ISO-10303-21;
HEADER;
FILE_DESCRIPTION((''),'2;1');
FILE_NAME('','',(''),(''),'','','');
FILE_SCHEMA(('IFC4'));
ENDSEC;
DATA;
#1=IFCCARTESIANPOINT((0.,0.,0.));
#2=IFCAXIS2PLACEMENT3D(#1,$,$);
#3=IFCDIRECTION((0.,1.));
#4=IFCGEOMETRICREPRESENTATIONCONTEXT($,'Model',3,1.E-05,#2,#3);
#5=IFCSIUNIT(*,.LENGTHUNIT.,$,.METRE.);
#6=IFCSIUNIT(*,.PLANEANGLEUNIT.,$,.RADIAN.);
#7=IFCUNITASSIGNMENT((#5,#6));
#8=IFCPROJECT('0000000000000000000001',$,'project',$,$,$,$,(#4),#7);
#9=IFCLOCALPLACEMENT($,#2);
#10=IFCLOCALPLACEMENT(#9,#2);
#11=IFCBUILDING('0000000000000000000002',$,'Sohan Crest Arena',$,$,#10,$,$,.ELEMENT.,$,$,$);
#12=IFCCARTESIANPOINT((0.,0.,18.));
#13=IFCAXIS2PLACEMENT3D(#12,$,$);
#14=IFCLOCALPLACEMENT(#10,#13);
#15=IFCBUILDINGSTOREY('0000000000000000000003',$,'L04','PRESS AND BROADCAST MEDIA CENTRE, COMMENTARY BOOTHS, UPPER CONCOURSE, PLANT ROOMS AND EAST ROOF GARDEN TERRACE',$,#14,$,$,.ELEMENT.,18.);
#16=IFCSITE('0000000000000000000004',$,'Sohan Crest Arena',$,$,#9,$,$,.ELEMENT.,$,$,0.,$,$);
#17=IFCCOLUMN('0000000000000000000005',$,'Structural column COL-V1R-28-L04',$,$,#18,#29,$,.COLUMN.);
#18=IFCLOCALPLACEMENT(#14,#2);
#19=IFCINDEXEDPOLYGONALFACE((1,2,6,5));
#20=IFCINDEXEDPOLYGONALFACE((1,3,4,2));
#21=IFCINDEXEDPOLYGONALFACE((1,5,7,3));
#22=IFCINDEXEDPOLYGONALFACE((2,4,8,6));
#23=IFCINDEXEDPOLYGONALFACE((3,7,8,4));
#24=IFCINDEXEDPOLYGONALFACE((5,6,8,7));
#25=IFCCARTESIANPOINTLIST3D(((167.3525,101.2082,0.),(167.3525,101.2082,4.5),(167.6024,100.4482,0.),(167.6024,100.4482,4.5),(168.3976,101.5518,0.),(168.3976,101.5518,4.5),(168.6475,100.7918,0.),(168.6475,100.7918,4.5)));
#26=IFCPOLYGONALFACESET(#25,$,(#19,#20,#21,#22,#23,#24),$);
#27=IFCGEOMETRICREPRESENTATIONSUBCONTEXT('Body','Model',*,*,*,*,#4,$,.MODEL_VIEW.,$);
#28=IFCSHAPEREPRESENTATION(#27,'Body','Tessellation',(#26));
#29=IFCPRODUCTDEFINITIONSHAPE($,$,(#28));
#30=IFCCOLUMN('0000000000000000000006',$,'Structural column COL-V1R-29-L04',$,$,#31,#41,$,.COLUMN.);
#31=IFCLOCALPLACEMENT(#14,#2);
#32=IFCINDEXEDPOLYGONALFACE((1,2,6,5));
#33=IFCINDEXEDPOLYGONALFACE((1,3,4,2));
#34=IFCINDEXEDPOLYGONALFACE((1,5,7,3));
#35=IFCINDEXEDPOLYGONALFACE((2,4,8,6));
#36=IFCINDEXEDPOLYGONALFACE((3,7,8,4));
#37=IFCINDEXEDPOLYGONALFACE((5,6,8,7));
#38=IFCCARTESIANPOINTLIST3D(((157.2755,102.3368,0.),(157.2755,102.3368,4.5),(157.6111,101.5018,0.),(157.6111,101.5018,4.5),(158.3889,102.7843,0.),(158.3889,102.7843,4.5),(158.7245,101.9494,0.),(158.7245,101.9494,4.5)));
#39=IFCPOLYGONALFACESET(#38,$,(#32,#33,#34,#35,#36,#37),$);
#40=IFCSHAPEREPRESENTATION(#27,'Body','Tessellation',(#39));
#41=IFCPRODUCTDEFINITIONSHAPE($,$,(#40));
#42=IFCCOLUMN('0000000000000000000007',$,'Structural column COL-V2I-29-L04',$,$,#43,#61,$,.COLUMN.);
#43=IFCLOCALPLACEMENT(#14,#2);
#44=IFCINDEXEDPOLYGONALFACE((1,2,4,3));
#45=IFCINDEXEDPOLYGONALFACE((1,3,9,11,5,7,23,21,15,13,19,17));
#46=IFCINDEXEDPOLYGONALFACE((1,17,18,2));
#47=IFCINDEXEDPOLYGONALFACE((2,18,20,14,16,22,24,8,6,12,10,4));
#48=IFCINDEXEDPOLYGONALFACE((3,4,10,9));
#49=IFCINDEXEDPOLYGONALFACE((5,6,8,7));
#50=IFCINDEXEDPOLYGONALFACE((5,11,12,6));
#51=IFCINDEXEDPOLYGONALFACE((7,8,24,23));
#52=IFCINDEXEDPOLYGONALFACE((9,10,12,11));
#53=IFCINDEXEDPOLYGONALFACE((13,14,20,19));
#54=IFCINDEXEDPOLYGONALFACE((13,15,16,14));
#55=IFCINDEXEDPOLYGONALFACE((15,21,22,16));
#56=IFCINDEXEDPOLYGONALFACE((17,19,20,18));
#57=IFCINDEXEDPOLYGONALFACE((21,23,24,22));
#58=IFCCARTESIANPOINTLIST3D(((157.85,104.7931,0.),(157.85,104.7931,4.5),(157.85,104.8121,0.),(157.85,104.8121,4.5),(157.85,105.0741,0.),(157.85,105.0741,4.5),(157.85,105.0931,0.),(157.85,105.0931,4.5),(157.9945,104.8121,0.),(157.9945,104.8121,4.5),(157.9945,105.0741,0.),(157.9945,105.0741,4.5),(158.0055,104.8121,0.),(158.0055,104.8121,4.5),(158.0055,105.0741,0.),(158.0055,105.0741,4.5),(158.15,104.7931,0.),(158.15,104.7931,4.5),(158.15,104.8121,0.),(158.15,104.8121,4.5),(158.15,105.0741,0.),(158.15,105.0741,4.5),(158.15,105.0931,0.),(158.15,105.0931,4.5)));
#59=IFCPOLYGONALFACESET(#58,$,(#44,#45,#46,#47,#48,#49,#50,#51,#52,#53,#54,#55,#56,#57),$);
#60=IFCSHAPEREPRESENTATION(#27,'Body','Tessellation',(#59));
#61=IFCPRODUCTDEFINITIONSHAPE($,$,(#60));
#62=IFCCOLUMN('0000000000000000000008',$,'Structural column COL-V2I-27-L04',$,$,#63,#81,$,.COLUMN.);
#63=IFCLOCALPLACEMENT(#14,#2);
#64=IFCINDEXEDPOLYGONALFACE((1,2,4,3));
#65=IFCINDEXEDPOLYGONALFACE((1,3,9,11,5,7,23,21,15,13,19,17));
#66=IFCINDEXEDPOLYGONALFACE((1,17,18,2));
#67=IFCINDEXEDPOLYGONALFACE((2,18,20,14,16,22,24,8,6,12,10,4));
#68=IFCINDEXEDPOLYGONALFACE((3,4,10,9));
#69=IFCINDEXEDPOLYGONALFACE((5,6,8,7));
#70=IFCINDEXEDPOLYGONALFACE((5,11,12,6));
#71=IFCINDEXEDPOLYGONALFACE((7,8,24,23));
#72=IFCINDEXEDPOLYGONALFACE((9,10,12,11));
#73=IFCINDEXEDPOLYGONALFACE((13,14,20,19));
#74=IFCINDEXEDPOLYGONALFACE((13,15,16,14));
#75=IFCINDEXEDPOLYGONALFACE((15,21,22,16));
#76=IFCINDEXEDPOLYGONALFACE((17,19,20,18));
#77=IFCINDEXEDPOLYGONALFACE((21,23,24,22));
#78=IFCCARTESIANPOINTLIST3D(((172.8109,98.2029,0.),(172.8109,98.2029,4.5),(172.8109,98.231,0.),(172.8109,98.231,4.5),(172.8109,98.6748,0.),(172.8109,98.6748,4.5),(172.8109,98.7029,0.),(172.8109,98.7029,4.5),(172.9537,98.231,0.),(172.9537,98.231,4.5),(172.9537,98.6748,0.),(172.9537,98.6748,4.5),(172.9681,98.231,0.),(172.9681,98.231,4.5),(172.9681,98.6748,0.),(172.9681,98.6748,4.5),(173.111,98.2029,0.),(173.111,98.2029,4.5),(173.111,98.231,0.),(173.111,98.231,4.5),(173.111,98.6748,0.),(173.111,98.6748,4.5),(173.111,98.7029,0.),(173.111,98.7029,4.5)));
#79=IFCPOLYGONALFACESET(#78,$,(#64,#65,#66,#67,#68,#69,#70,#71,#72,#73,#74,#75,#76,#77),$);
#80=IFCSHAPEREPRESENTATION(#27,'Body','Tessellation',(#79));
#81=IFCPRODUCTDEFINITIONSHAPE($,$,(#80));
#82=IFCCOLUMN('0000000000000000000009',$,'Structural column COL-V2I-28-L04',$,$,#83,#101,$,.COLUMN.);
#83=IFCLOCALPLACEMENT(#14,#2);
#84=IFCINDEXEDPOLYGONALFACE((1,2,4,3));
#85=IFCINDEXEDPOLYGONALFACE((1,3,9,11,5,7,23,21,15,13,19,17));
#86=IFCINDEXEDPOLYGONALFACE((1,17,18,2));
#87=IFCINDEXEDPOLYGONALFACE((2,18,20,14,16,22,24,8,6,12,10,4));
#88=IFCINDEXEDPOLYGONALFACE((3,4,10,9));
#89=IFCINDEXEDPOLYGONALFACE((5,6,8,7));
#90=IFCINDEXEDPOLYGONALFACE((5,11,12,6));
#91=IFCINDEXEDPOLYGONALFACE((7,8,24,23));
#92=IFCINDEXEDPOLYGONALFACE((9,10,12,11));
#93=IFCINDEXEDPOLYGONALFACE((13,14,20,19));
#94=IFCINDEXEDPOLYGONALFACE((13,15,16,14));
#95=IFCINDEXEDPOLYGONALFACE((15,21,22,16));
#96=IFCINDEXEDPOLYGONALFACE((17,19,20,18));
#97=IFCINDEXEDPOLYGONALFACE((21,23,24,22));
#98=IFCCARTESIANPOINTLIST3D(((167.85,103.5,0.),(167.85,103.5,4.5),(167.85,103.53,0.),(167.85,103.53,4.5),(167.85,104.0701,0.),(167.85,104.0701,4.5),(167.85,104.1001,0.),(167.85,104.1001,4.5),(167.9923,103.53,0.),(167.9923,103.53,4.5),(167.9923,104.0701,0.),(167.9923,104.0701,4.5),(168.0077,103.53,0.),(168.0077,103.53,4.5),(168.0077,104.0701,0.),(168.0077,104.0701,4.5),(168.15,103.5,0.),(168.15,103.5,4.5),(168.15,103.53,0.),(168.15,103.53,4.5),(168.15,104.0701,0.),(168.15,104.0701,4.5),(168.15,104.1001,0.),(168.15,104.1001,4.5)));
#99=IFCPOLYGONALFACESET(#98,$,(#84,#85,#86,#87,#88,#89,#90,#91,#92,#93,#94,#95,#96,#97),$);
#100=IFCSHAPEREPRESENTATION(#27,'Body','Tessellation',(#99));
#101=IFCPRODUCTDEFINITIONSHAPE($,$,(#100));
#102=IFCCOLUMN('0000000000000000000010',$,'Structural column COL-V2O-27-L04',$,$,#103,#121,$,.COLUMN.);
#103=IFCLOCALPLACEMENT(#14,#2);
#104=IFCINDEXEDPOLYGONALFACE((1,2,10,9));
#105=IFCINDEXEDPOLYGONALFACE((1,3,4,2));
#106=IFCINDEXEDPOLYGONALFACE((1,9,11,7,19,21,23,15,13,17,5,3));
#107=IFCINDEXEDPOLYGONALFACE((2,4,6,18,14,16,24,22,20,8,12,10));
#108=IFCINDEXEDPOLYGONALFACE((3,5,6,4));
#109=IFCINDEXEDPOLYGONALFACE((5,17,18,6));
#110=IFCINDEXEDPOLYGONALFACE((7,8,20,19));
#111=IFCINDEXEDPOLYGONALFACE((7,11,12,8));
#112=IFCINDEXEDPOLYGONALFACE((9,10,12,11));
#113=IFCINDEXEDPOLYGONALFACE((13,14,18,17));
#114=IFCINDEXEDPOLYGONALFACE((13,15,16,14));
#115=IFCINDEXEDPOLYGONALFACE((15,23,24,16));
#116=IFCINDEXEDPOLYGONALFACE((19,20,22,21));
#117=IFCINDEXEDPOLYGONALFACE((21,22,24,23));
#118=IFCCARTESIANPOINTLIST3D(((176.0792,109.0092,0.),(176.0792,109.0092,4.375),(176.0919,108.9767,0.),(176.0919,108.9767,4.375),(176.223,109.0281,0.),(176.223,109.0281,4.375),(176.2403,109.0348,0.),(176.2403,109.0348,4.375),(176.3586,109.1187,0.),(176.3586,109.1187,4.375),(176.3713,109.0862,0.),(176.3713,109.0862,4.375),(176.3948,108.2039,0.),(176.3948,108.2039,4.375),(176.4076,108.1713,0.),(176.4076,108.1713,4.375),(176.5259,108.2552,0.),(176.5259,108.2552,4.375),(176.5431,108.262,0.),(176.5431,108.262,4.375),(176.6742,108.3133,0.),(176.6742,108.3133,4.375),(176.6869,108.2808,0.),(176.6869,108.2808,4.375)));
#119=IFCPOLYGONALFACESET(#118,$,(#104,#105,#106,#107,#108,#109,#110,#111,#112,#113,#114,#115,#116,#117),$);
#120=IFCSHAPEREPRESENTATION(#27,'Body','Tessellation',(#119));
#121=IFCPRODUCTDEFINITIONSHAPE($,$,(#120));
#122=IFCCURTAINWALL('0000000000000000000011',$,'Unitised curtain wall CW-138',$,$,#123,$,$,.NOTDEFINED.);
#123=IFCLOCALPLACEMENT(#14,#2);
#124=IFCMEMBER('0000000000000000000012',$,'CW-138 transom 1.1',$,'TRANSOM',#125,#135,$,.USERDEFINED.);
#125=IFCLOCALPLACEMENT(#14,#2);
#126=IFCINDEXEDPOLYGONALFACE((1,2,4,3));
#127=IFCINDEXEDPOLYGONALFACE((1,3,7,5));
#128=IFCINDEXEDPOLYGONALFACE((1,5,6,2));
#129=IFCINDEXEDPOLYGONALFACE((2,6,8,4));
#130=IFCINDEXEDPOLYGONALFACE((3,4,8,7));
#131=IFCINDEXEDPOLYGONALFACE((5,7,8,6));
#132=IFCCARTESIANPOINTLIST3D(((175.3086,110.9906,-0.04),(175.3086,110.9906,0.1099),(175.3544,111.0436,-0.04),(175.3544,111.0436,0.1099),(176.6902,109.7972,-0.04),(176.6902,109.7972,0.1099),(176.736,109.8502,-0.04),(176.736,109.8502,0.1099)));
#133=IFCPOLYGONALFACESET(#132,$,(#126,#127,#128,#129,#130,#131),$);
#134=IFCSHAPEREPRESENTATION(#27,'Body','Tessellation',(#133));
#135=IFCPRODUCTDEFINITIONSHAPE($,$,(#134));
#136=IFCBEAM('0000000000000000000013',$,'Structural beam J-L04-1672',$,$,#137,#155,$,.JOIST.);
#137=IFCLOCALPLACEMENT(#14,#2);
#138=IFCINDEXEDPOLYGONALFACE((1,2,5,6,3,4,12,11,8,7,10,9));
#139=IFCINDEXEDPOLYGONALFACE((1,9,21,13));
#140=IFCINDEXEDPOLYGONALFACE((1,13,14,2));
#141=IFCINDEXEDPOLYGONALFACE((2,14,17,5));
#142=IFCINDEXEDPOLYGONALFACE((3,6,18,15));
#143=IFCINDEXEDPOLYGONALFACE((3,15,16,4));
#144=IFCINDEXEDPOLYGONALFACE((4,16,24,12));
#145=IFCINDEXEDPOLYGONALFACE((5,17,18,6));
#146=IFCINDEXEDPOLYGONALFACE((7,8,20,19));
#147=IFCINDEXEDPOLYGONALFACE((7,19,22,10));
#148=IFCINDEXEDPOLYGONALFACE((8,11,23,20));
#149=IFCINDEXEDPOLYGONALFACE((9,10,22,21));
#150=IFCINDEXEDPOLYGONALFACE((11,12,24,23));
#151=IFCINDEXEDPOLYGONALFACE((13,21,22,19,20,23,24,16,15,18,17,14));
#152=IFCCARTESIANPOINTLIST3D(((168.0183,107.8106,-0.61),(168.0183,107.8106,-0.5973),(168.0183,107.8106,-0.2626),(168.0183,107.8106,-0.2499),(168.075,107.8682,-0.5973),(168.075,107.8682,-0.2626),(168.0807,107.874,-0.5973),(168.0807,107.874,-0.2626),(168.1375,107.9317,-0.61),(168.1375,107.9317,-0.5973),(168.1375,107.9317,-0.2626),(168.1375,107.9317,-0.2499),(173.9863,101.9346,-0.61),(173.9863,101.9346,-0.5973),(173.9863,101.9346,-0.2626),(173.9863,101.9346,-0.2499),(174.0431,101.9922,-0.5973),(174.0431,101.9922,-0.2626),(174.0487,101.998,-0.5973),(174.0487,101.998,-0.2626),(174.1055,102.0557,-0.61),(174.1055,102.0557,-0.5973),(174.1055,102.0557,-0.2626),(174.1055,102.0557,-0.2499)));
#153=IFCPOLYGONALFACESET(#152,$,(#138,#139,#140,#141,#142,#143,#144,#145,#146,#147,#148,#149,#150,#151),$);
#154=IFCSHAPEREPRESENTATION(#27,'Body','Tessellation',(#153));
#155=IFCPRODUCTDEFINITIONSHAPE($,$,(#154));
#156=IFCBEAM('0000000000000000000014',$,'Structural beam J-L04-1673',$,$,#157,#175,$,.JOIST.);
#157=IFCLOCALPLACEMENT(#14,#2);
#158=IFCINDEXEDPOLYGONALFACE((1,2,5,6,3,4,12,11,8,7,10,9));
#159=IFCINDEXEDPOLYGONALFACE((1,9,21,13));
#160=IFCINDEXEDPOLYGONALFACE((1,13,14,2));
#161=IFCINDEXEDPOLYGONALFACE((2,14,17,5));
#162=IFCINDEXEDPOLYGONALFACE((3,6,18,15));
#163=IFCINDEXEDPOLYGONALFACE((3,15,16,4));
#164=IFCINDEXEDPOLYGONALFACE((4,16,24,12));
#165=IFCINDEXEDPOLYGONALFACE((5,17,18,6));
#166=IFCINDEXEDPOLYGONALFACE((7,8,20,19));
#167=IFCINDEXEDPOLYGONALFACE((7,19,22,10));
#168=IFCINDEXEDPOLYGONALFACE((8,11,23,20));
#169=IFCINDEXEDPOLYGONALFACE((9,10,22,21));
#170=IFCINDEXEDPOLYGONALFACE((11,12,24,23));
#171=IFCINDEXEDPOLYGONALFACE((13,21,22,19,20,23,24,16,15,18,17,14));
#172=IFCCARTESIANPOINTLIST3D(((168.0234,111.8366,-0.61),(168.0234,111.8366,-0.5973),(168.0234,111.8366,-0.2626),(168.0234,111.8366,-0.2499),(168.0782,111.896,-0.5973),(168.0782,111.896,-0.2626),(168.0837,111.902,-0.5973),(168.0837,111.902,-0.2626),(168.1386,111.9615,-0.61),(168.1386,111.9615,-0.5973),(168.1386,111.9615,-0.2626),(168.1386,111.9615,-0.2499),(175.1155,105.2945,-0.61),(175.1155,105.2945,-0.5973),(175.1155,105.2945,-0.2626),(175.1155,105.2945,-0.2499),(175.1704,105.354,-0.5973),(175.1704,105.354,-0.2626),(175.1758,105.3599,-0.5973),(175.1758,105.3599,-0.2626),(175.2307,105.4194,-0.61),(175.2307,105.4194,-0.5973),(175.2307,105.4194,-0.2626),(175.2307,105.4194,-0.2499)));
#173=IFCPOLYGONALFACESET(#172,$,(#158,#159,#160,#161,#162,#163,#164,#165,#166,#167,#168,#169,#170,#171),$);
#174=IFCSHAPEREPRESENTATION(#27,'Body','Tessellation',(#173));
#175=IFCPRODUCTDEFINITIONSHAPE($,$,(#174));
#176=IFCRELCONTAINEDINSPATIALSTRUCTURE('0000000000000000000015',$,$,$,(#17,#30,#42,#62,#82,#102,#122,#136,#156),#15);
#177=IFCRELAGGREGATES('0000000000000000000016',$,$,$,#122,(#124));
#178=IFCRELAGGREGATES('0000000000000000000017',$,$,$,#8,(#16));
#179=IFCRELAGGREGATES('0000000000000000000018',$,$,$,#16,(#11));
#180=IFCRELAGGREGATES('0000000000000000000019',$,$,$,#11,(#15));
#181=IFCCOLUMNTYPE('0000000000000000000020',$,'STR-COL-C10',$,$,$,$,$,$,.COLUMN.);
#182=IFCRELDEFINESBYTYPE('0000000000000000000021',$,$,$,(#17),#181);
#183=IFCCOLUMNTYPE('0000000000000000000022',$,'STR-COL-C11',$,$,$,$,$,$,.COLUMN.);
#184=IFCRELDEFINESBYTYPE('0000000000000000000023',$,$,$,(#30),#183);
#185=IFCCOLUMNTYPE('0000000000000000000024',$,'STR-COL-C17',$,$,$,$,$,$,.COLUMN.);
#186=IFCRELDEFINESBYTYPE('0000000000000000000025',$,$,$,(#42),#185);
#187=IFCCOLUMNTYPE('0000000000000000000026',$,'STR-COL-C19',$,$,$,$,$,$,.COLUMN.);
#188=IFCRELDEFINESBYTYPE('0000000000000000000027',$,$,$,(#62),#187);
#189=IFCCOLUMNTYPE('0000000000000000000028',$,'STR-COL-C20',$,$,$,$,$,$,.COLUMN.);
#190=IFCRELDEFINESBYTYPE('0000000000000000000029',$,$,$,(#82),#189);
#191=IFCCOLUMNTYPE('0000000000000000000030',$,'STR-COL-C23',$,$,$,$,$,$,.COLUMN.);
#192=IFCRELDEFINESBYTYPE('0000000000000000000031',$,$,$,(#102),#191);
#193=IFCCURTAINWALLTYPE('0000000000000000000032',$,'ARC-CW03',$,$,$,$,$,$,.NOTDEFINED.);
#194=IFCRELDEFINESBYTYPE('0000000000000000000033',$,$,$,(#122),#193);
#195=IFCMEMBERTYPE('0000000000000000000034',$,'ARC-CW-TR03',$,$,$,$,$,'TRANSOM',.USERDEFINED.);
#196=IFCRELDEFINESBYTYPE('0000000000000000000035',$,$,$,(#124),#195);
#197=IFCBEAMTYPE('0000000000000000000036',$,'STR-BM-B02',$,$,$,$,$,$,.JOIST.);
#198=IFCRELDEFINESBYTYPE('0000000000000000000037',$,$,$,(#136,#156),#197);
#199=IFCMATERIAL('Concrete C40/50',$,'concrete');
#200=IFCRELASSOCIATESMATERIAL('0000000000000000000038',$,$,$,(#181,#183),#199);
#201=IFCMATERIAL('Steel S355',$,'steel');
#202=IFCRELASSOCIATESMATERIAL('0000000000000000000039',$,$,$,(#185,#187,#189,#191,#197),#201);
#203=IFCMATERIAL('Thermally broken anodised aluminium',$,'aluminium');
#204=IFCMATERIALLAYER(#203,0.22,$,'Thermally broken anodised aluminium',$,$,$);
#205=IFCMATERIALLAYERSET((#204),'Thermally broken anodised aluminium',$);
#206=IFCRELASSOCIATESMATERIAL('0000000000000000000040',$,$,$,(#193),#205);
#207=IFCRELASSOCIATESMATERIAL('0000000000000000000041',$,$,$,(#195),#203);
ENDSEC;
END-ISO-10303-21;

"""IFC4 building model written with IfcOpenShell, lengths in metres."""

from ifc_helpers import new_model, si_unit, direction, frame, origin, origin_2d, place, context, subcontext, project, spatial, rectangle, i_section, extrude, material, layer, layer_set, material_profile, profile_set, type_object, element, aggregate, save


model = new_model("IFC4")

# Units and contexts
model_context = context("Model", 3, precision=1e-05, world=origin(), true_north=direction((0.0, 1.0)))
body_context = subcontext(model_context, "Body", "Model", "MODEL_VIEW")
ifc_project = project(units=[si_unit("LENGTHUNIT", "METRE"), si_unit("PLANEANGLEUNIT", "RADIAN")], contexts=[model_context])

# Site, building, storey
site_placement = place(None, origin())
site = spatial("IfcSite", under=ifc_project, at=site_placement, Name="Sohan Crest Arena", CompositionType="ELEMENT", RefElevation=0.0)
building_placement = place(site_placement, origin())
building = spatial("IfcBuilding", under=site, at=building_placement, Name="Sohan Crest Arena", CompositionType="ELEMENT")
storey_placement = place(building_placement, frame((0.0, 0.0, 18.0)))
storey = spatial("IfcBuildingStorey", under=building, at=storey_placement, Name="L04", Description="PRESS AND BROADCAST MEDIA CENTRE, COMMENTARY BOOTHS, UPPER CONCOURSE, PLANT ROOMS AND EAST ROOF GARDEN TERRACE", CompositionType="ELEMENT", Elevation=18.0)

# Columns
ifc_material_1 = material(Name="Concrete C40/50", Category="concrete")
ifc_material_profile_1 = material_profile(ifc_material_1, rectangle(XDim=1.1001, YDim=0.8, at=origin_2d()), Name="RC 1100x800")
ifc_profile_set_1 = profile_set([ifc_material_profile_1], Name="Concrete C40/50")
column_type_1 = type_object("IfcColumnType", Name="STR-COL-C10", PredefinedType="COLUMN", material=ifc_profile_set_1)
column_1_placement = place(storey_placement, frame((168.0, 101.0, 0.0), z_axis=(0.0, 0.0, 1.0), x_axis=(0.949972, 0.312335, 0.0)))
element("IfcColumn", 1, at=column_1_placement, inside=storey, type_object=column_type_1, Name="Structural column COL-V1R-28-L04", PredefinedType="COLUMN", context=body_context, shape_type="SweptSolid", body=[
    extrude(rectangle(XDim=1.1001, YDim=0.8, at=origin_2d()), origin(), (0.0, 0.0, 1.0), 4.5),
])
ifc_material_profile_2 = material_profile(ifc_material_1, rectangle(XDim=1.2, YDim=0.8999, at=origin_2d()), Name="RC 1200x900")
ifc_profile_set_2 = profile_set([ifc_material_profile_2], Name="Concrete C40/50")
column_type_2 = type_object("IfcColumnType", Name="STR-COL-C11", PredefinedType="COLUMN", material=ifc_profile_set_2)
column_2_placement = place(storey_placement, frame((158.0, 102.1431, 0.0), z_axis=(0.0, 0.0, 1.0), x_axis=(0.927836, 0.372988, 0.0)))
element("IfcColumn", 2, at=column_2_placement, inside=storey, type_object=column_type_2, Name="Structural column COL-V1R-29-L04", PredefinedType="COLUMN", context=body_context, shape_type="SweptSolid", body=[
    extrude(rectangle(XDim=1.2, YDim=0.8999, at=origin_2d()), origin(), (0.0, 0.0, 1.0), 4.5),
])
ifc_material_2 = material(Name="Steel S355", Category="steel")
ifc_material_profile_3 = material_profile(ifc_material_2, i_section(OverallWidth=0.3, OverallDepth=0.3, WebThickness=0.011, FlangeThickness=0.019, at=origin_2d()), Name="HEB 300")
ifc_profile_set_3 = profile_set([ifc_material_profile_3], Name="Steel S355")
column_type_3 = type_object("IfcColumnType", Name="STR-COL-C17", PredefinedType="COLUMN", material=ifc_profile_set_3)
column_3_placement = place(storey_placement, frame((158.0, 104.9431, 0.0), z_axis=(0.0, 0.0, 1.0), x_axis=(1.0, 0.0, 0.0)))
element("IfcColumn", 3, at=column_3_placement, inside=storey, type_object=column_type_3, Name="Structural column COL-V2I-29-L04", PredefinedType="COLUMN", context=body_context, shape_type="SweptSolid", body=[
    extrude(i_section(OverallWidth=0.3, OverallDepth=0.3, WebThickness=0.011, FlangeThickness=0.019, at=origin_2d()), origin(), (0.0, 0.0, 1.0), 4.5),
])
ifc_material_profile_4 = material_profile(ifc_material_2, i_section(OverallWidth=0.3, OverallDepth=0.5, WebThickness=0.0144, FlangeThickness=0.0281, at=origin_2d()), Name="HEB 500")
ifc_profile_set_4 = profile_set([ifc_material_profile_4], Name="Steel S355")
column_type_4 = type_object("IfcColumnType", Name="STR-COL-C19", PredefinedType="COLUMN", material=ifc_profile_set_4)
column_4_placement = place(storey_placement, frame((172.9609, 98.4529, 0.0), z_axis=(0.0, 0.0, 1.0), x_axis=(1.0, 0.0, 0.0)))
element("IfcColumn", 4, at=column_4_placement, inside=storey, type_object=column_type_4, Name="Structural column COL-V2I-27-L04", PredefinedType="COLUMN", context=body_context, shape_type="SweptSolid", body=[
    extrude(i_section(OverallWidth=0.3, OverallDepth=0.5, WebThickness=0.0144, FlangeThickness=0.0281, at=origin_2d()), origin(), (0.0, 0.0, 1.0), 4.5),
])
ifc_material_profile_5 = material_profile(ifc_material_2, i_section(OverallWidth=0.3, OverallDepth=0.6001, WebThickness=0.0154, FlangeThickness=0.03, at=origin_2d()), Name="HEB 600")
ifc_profile_set_5 = profile_set([ifc_material_profile_5], Name="Steel S355")
column_type_5 = type_object("IfcColumnType", Name="STR-COL-C20", PredefinedType="COLUMN", material=ifc_profile_set_5)
column_5_placement = place(storey_placement, frame((168.0, 103.8, 0.0), z_axis=(0.0, 0.0, 1.0), x_axis=(1.0, 0.0, 0.0)))
element("IfcColumn", 5, at=column_5_placement, inside=storey, type_object=column_type_5, Name="Structural column COL-V2I-28-L04", PredefinedType="COLUMN", context=body_context, shape_type="SweptSolid", body=[
    extrude(i_section(OverallWidth=0.3, OverallDepth=0.6001, WebThickness=0.0154, FlangeThickness=0.03, at=origin_2d()), origin(), (0.0, 0.0, 1.0), 4.5),
])
ifc_material_profile_6 = material_profile(ifc_material_2, i_section(OverallWidth=0.3, OverallDepth=0.8999, WebThickness=0.0186, FlangeThickness=0.0349, at=origin_2d()), Name="HEB 900")
ifc_profile_set_6 = profile_set([ifc_material_profile_6], Name="Steel S355")
column_type_6 = type_object("IfcColumnType", Name="STR-COL-C23", PredefinedType="COLUMN", material=ifc_profile_set_6)
column_6_placement = place(storey_placement, frame((176.3831, 108.645, 0.0), z_axis=(0.0, 0.0, 1.0), x_axis=(0.931056, 0.364877, 0.0)))
element("IfcColumn", 6, at=column_6_placement, inside=storey, type_object=column_type_6, Name="Structural column COL-V2O-27-L04", PredefinedType="COLUMN", context=body_context, shape_type="SweptSolid", body=[
    extrude(i_section(OverallWidth=0.3, OverallDepth=0.8999, WebThickness=0.0186, FlangeThickness=0.0349, at=origin_2d()), origin(), (0.0, 0.0, 1.0), 4.375),
])

# Curtain wall, member
ifc_material_3 = material(Name="Thermally broken anodised aluminium", Category="aluminium")
ifc_layer_1 = layer(ifc_material_3, 0.22, Name="Thermally broken anodised aluminium")
ifc_layer_set_1 = layer_set([ifc_layer_1], Name="Thermally broken anodised aluminium")
curtain_wall_type = type_object("IfcCurtainWallType", Name="ARC-CW03", PredefinedType="NOTDEFINED", material=ifc_layer_set_1)
curtain_wall_placement = place(storey_placement, origin())
curtain_wall = element("IfcCurtainWall", 7, at=curtain_wall_placement, inside=storey, type_object=curtain_wall_type, Name="Unitised curtain wall CW-138", PredefinedType="NOTDEFINED")
ifc_material_profile_7 = material_profile(ifc_material_3, rectangle(XDim=0.0701, YDim=0.1499, at=origin_2d()), Name="ALU-TRAN 70x150")
ifc_profile_set_7 = profile_set([ifc_material_profile_7], Name="Thermally broken anodised aluminium")
member_type_1 = type_object("IfcMemberType", Name="ARC-CW-TR03", ElementType="TRANSOM", PredefinedType="USERDEFINED", material=ifc_profile_set_7)
member_1_placement = place(storey_placement, frame((176.7131, 109.8237, 0.0349), z_axis=(-0.756778, 0.653672, 0.0), x_axis=(-0.653672, -0.756778, 0.0)))
member_1 = element("IfcMember", 8, at=member_1_placement, type_object=member_type_1, Name="CW-138 transom 1.1", ObjectType="TRANSOM", PredefinedType="USERDEFINED", context=body_context, shape_type="SweptSolid", body=[
    extrude(rectangle(XDim=0.0701, YDim=0.1499, at=origin_2d()), origin(), (0.0, 0.0, 1.0), 1.8257),
])

# Beams
ifc_material_profile_8 = material_profile(ifc_material_2, i_section(OverallWidth=0.1699, OverallDepth=0.3601, WebThickness=0.0081, FlangeThickness=0.0127, at=origin_2d()), Name="IPE 360")
ifc_profile_set_8 = profile_set([ifc_material_profile_8], Name="Steel S355")
beam_type_1 = type_object("IfcBeamType", Name="STR-BM-B02", PredefinedType="JOIST", material=ifc_profile_set_8)
beam_1_placement = place(storey_placement, frame((174.0459, 101.9951, -0.4299), z_axis=(-0.71258, 0.701591, 0.0), x_axis=(-0.701591, -0.71258, 0.0)))
element("IfcBeam", 9, at=beam_1_placement, inside=storey, type_object=beam_type_1, Name="Structural beam J-L04-1672", PredefinedType="JOIST", context=body_context, shape_type="SweptSolid", body=[
    extrude(i_section(OverallWidth=0.1699, OverallDepth=0.3601, WebThickness=0.0081, FlangeThickness=0.0127, at=origin_2d()), origin(), (0.0, 0.0, 1.0), 8.3752),
])
beam_2_placement = place(storey_placement, frame((175.1731, 105.3569, -0.4299), z_axis=(-0.735036, 0.678028, 0.0), x_axis=(-0.678028, -0.735036, 0.0)))
element("IfcBeam", 10, at=beam_2_placement, inside=storey, type_object=beam_type_1, Name="Structural beam J-L04-1673", PredefinedType="JOIST", context=body_context, shape_type="SweptSolid", body=[
    extrude(i_section(OverallWidth=0.1699, OverallDepth=0.3601, WebThickness=0.0081, FlangeThickness=0.0127, at=origin_2d()), origin(), (0.0, 0.0, 1.0), 9.6487),
])

aggregate(curtain_wall, [member_1])

save(model, "model.ifc")
